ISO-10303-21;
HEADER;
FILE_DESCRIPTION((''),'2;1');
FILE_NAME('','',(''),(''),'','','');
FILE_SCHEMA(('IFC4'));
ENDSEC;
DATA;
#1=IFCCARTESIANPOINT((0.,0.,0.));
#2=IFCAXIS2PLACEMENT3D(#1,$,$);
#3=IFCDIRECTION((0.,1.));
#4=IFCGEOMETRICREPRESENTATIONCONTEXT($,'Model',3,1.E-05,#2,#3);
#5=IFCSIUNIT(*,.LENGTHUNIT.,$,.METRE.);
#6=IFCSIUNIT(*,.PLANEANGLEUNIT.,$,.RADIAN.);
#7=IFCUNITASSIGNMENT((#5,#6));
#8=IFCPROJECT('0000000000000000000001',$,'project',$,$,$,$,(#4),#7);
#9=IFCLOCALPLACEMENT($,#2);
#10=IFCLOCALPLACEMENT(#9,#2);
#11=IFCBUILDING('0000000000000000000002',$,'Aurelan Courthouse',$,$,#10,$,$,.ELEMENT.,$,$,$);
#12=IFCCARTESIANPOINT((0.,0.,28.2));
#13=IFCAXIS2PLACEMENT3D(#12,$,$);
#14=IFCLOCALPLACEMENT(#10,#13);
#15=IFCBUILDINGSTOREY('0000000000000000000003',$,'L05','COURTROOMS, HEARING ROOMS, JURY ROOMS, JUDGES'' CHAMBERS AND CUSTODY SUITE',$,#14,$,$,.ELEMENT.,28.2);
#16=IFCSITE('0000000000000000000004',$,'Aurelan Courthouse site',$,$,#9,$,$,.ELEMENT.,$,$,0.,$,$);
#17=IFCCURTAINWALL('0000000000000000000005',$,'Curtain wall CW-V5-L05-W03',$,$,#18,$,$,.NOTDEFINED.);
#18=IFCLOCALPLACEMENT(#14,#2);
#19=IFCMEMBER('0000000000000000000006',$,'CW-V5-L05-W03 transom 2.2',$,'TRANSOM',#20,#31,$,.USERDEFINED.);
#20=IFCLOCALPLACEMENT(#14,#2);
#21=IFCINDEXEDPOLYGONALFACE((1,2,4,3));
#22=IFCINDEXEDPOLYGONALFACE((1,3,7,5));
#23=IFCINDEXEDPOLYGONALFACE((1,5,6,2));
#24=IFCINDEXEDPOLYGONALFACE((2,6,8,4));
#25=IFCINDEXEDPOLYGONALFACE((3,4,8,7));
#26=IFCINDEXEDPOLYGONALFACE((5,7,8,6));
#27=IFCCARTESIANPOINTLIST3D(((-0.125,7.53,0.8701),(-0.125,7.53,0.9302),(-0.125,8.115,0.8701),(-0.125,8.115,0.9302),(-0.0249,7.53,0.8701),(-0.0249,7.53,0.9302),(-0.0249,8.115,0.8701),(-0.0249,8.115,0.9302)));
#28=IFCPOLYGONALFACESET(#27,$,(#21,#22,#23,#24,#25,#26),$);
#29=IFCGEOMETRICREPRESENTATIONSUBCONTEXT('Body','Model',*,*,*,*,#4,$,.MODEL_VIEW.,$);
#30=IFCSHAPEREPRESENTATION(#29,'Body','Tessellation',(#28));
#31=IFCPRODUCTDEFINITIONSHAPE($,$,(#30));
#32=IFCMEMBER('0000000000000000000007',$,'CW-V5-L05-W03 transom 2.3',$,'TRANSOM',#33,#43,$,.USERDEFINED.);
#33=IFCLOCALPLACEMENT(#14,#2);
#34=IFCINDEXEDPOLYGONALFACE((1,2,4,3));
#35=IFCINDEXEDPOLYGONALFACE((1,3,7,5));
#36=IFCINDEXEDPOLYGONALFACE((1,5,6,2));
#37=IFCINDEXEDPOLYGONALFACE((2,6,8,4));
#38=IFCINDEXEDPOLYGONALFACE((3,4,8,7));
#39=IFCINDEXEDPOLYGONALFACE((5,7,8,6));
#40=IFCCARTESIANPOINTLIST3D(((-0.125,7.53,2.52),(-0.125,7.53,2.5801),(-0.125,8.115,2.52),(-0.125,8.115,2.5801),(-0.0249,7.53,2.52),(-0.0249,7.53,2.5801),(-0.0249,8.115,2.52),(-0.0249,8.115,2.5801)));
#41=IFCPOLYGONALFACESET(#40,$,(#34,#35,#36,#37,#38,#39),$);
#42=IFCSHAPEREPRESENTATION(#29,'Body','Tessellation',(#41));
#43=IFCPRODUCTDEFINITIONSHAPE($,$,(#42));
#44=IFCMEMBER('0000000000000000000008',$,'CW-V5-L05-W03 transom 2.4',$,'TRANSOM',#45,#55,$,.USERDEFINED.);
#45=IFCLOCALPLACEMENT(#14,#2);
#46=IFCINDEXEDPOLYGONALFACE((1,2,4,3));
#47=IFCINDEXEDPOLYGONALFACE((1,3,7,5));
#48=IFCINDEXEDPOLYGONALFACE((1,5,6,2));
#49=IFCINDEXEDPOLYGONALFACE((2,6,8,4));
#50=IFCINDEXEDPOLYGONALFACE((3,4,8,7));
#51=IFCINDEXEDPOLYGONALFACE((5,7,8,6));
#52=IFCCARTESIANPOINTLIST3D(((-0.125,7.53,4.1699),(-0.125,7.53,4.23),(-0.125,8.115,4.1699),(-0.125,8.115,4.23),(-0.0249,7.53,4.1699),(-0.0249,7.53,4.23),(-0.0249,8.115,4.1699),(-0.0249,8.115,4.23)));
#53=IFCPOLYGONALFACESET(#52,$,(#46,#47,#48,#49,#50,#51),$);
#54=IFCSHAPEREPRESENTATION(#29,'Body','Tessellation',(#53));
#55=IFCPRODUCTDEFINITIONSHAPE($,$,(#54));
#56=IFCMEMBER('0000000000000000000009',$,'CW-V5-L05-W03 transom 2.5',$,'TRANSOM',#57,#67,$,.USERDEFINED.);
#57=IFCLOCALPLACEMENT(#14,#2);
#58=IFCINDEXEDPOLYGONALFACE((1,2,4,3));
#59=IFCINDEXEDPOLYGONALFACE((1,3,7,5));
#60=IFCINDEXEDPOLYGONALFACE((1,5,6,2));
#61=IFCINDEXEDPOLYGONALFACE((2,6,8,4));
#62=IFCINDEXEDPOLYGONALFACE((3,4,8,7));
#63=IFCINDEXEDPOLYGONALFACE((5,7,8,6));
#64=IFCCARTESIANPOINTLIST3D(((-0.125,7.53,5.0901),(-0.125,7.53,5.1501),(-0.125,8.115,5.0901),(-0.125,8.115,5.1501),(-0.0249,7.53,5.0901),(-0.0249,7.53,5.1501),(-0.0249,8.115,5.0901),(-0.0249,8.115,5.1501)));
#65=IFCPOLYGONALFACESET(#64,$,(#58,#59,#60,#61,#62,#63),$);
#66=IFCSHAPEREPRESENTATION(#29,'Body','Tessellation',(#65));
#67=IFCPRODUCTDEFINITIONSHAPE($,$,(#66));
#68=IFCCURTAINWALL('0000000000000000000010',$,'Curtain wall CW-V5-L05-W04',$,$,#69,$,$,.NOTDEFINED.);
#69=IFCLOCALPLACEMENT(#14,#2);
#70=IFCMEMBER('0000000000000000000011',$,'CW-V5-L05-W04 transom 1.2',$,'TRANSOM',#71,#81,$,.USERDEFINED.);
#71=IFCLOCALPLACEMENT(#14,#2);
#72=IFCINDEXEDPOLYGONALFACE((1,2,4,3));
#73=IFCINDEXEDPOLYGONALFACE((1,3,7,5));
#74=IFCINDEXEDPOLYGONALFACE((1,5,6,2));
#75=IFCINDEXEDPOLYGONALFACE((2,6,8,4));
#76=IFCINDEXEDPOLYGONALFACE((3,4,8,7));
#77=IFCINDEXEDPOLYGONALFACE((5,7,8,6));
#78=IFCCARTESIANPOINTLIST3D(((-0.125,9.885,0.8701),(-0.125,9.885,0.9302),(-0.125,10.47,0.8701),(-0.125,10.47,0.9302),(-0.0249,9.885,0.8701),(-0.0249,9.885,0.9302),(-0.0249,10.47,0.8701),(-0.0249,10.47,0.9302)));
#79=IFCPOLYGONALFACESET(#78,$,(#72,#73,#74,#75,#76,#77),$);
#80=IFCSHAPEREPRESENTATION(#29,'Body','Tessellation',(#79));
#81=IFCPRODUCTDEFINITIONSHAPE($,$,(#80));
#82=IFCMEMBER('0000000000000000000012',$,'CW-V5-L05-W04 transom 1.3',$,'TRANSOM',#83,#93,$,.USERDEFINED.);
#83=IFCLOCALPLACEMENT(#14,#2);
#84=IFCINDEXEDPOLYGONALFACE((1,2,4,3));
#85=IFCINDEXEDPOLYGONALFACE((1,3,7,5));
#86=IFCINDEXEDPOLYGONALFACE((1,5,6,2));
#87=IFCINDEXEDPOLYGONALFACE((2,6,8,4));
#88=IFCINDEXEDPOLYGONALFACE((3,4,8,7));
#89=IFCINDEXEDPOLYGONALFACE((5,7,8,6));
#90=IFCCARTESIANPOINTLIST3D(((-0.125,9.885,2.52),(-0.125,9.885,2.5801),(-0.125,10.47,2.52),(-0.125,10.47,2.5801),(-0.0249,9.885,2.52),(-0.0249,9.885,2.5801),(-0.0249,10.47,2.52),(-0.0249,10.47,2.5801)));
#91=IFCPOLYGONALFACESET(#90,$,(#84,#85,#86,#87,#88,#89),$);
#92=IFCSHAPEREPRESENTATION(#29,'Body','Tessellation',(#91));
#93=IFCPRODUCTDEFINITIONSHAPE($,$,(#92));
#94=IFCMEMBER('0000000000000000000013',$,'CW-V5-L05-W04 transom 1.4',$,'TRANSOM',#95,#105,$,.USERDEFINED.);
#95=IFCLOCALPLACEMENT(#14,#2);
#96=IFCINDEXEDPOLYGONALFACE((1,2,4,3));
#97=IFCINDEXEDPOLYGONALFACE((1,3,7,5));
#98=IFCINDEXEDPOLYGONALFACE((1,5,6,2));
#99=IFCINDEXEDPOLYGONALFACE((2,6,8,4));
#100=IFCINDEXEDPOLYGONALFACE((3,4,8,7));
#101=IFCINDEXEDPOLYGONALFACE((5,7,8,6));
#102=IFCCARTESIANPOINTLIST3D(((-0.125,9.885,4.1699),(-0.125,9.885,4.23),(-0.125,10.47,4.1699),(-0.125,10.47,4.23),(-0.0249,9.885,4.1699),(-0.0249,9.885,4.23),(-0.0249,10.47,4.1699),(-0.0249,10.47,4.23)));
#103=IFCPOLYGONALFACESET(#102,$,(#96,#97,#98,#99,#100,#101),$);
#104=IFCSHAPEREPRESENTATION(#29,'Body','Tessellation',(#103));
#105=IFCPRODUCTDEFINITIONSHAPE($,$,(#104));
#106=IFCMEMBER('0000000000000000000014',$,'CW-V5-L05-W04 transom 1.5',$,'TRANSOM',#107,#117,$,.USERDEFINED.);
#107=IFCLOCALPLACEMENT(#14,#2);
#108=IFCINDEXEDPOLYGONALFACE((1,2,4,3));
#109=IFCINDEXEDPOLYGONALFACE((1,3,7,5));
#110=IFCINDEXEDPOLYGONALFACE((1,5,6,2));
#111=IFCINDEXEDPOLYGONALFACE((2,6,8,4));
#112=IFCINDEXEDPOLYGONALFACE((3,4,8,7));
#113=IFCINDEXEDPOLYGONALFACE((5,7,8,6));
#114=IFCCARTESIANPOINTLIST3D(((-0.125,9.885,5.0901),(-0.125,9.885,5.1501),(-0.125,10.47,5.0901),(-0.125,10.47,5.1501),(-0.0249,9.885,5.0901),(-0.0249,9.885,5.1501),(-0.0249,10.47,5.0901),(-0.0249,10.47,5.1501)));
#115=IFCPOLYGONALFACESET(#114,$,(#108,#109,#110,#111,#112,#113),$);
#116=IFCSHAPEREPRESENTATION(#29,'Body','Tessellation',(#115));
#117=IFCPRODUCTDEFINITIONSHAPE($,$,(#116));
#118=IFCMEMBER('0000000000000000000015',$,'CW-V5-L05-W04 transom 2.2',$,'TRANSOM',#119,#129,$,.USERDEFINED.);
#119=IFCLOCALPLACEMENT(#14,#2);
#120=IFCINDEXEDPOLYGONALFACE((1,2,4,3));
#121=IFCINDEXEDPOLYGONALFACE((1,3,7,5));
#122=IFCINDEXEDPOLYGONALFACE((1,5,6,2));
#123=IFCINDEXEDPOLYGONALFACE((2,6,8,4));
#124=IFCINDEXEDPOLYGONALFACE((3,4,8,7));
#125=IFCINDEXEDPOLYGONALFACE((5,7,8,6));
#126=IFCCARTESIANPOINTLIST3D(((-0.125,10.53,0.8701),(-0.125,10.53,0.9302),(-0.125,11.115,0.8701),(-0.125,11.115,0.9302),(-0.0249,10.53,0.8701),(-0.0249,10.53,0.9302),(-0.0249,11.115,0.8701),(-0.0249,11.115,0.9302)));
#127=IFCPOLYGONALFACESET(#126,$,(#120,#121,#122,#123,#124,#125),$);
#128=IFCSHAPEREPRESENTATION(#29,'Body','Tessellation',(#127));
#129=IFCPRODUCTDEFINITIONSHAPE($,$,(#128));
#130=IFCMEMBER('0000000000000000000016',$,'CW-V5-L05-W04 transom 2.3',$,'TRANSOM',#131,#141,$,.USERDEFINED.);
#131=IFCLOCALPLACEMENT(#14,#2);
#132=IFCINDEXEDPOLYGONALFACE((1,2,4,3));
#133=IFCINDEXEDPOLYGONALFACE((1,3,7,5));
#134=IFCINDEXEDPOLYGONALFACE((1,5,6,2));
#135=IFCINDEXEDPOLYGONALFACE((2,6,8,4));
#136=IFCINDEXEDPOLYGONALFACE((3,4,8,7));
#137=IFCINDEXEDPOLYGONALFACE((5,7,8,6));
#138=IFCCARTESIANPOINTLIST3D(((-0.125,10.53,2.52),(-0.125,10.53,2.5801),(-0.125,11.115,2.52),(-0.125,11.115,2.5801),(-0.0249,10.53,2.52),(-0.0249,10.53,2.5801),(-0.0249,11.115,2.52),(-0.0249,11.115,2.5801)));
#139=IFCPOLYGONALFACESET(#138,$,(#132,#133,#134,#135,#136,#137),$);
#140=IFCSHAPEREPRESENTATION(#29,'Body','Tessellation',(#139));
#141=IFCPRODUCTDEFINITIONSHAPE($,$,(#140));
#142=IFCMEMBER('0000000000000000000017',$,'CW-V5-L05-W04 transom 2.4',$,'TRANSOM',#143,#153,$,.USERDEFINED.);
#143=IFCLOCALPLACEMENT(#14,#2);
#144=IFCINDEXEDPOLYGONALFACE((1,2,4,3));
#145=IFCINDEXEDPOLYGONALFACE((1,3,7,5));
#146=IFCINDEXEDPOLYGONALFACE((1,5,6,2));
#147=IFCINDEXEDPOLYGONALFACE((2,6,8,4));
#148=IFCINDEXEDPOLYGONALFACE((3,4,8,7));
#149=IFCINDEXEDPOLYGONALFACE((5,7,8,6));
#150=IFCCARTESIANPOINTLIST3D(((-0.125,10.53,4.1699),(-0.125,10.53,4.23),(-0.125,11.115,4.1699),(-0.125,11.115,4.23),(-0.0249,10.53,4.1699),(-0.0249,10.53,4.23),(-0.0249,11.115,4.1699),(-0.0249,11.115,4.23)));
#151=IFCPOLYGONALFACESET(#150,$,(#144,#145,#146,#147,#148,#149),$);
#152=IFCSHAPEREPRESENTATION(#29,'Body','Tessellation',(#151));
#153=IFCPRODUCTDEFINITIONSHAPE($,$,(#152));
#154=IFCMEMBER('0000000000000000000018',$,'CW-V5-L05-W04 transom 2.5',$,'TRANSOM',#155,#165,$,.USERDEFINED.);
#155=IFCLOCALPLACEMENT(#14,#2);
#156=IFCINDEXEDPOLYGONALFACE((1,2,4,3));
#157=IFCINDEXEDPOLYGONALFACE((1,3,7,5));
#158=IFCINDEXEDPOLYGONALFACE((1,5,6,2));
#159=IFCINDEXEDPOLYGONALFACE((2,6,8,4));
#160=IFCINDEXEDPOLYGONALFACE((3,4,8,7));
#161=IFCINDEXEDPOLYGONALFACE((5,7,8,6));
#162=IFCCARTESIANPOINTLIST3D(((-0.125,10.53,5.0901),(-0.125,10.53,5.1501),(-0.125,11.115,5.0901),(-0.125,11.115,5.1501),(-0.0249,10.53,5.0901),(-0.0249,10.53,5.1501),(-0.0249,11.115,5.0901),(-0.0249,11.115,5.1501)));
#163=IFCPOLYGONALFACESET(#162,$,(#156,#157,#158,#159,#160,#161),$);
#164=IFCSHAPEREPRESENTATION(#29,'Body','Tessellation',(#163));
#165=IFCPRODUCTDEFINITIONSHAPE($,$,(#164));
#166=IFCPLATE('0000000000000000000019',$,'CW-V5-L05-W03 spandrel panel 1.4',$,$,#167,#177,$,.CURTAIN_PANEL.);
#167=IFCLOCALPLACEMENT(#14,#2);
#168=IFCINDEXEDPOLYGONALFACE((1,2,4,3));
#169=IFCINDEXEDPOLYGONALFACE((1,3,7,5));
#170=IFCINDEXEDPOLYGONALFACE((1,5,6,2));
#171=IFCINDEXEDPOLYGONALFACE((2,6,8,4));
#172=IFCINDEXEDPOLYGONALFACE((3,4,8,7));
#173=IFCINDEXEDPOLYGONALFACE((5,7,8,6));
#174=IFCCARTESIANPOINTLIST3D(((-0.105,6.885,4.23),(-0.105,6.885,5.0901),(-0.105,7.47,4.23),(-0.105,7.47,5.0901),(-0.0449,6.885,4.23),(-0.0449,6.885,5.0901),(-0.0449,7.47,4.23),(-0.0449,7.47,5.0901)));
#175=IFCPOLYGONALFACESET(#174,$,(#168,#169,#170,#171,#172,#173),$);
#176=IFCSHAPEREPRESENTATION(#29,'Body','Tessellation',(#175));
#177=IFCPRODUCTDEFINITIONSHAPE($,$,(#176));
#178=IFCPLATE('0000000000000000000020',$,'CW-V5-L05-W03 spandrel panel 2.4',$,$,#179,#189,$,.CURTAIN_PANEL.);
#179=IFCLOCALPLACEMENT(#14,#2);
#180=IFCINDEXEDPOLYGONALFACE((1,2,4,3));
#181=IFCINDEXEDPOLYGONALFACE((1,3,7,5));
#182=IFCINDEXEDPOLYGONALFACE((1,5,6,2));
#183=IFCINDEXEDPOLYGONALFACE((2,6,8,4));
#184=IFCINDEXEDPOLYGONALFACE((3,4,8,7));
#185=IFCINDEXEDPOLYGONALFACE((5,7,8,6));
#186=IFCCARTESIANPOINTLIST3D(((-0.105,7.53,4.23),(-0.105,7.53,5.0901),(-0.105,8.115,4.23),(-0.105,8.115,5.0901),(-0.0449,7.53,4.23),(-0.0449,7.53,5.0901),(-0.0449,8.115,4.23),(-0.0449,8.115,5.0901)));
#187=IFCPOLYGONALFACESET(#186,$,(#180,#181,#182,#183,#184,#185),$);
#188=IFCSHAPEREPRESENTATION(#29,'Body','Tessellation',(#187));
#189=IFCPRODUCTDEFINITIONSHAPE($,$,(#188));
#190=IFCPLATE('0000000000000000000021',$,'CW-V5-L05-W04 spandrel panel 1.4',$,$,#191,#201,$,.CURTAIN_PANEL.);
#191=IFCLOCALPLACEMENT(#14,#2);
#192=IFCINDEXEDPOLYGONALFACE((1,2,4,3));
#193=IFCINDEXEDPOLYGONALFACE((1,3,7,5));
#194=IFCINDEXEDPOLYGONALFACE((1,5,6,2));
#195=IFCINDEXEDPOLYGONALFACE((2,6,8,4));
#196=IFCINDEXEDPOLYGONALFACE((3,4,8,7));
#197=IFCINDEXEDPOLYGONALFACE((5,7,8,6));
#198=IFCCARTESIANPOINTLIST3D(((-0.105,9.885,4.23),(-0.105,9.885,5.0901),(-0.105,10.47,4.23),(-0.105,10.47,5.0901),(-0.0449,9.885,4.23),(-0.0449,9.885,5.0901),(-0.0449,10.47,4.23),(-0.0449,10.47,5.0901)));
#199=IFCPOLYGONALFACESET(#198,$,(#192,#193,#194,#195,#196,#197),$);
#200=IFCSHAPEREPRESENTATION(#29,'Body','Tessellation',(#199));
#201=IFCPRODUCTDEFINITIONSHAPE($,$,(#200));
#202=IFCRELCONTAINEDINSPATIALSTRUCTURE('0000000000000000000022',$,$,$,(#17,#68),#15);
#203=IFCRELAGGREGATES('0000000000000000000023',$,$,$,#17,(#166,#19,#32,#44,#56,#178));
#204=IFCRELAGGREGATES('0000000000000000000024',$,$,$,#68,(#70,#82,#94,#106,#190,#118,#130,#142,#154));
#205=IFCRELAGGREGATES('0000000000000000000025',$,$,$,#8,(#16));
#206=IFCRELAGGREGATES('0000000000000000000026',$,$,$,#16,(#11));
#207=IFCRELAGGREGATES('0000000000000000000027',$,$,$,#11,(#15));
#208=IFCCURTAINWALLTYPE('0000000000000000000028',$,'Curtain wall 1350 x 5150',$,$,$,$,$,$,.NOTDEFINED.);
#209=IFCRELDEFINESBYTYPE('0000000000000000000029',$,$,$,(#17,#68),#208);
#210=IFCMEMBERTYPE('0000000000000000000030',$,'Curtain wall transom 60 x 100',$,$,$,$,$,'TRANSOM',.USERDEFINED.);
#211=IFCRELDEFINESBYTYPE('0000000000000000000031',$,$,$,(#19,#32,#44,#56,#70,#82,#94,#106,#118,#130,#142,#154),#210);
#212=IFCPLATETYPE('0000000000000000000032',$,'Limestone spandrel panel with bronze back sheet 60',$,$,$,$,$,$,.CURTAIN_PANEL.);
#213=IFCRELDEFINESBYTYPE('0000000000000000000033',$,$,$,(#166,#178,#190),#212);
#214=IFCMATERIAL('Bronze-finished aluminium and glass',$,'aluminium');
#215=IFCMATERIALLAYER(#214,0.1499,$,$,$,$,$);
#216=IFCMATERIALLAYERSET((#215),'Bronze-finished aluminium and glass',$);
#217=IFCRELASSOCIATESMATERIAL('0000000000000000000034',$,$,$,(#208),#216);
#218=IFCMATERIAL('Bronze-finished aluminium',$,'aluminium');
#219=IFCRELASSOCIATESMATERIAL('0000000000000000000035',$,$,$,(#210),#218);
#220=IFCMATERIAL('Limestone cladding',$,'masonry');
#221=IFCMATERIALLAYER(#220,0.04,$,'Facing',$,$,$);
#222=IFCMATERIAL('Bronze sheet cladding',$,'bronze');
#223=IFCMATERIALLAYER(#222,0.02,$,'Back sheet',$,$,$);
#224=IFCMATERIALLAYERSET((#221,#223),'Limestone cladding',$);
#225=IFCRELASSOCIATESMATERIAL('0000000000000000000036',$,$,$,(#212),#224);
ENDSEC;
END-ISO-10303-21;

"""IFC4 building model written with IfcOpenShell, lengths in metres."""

from ifc_helpers import new_model, si_unit, direction, frame, origin, origin_2d, place, context, subcontext, project, spatial, rectangle, extrude, material, layer, layer_set, material_profile, profile_set, type_object, element, aggregate, save


model = new_model("IFC4")

# Units and contexts
model_context = context("Model", 3, precision=1e-05, world=origin(), true_north=direction((0.0, 1.0)))
body_context = subcontext(model_context, "Body", "Model", "MODEL_VIEW")
ifc_project = project(units=[si_unit("LENGTHUNIT", "METRE"), si_unit("PLANEANGLEUNIT", "RADIAN")], contexts=[model_context])

# Site, building, storey
site_placement = place(None, origin())
site = spatial("IfcSite", under=ifc_project, at=site_placement, Name="Aurelan Courthouse site", CompositionType="ELEMENT", RefElevation=0.0)
building_placement = place(site_placement, origin())
building = spatial("IfcBuilding", under=site, at=building_placement, Name="Aurelan Courthouse", CompositionType="ELEMENT")
storey_placement = place(building_placement, frame((0.0, 0.0, 28.2)))
storey = spatial("IfcBuildingStorey", under=building, at=storey_placement, Name="L05", Description="COURTROOMS, HEARING ROOMS, JURY ROOMS, JUDGES' CHAMBERS AND CUSTODY SUITE", CompositionType="ELEMENT", Elevation=28.2)

# Curtain walls, members
ifc_material_1 = material(Name="Bronze-finished aluminium and glass", Category="aluminium")
ifc_layer_1 = layer(ifc_material_1, 0.1499)
ifc_layer_set_1 = layer_set([ifc_layer_1], Name="Bronze-finished aluminium and glass")
curtain_wall_type = type_object("IfcCurtainWallType", Name="Curtain wall 1350 x 5150", PredefinedType="NOTDEFINED", material=ifc_layer_set_1)
curtain_wall_1_placement = place(storey_placement, origin())
curtain_wall_1 = element("IfcCurtainWall", 1, at=curtain_wall_1_placement, inside=storey, type_object=curtain_wall_type, Name="Curtain wall CW-V5-L05-W03", PredefinedType="NOTDEFINED")
ifc_material_2 = material(Name="Bronze-finished aluminium", Category="aluminium")
ifc_material_profile = material_profile(ifc_material_2, rectangle(XDim=0.1001, YDim=0.0601, at=origin_2d()), Name="Bronze transom 60 x 100")
ifc_profile_set = profile_set([ifc_material_profile], Name="Bronze-finished aluminium")
member_type = type_object("IfcMemberType", Name="Curtain wall transom 60 x 100", ElementType="TRANSOM", PredefinedType="USERDEFINED", material=ifc_profile_set)
member_1_placement = place(storey_placement, frame((-0.075, 7.53, 0.9001), z_axis=(0.0, 1.0, 0.0), x_axis=(-1.0, 0.0, 0.0)))
member_1 = element("IfcMember", 2, at=member_1_placement, type_object=member_type, Name="CW-V5-L05-W03 transom 2.2", ObjectType="TRANSOM", PredefinedType="USERDEFINED", context=body_context, shape_type="SweptSolid", body=[
    extrude(rectangle(XDim=0.1001, YDim=0.0601, at=origin_2d()), origin(), (0.0, 0.0, 1.0), 0.585),
])
member_2_placement = place(storey_placement, frame((-0.075, 7.53, 2.55), z_axis=(0.0, 1.0, 0.0), x_axis=(-1.0, 0.0, 0.0)))
member_2 = element("IfcMember", 3, at=member_2_placement, type_object=member_type, Name="CW-V5-L05-W03 transom 2.3", ObjectType="TRANSOM", PredefinedType="USERDEFINED", context=body_context, shape_type="SweptSolid", body=[
    extrude(rectangle(XDim=0.1001, YDim=0.0601, at=origin_2d()), origin(), (0.0, 0.0, 1.0), 0.585),
])
member_3_placement = place(storey_placement, frame((-0.075, 7.53, 4.2), z_axis=(0.0, 1.0, 0.0), x_axis=(-1.0, 0.0, 0.0)))
member_3 = element("IfcMember", 4, at=member_3_placement, type_object=member_type, Name="CW-V5-L05-W03 transom 2.4", ObjectType="TRANSOM", PredefinedType="USERDEFINED", context=body_context, shape_type="SweptSolid", body=[
    extrude(rectangle(XDim=0.1001, YDim=0.0601, at=origin_2d()), origin(), (0.0, 0.0, 1.0), 0.585),
])
member_4_placement = place(storey_placement, frame((-0.075, 7.53, 5.1201), z_axis=(0.0, 1.0, 0.0), x_axis=(-1.0, 0.0, 0.0)))
member_4 = element("IfcMember", 5, at=member_4_placement, type_object=member_type, Name="CW-V5-L05-W03 transom 2.5", ObjectType="TRANSOM", PredefinedType="USERDEFINED", context=body_context, shape_type="SweptSolid", body=[
    extrude(rectangle(XDim=0.1001, YDim=0.0601, at=origin_2d()), origin(), (0.0, 0.0, 1.0), 0.585),
])
curtain_wall_2_placement = place(storey_placement, origin())
curtain_wall_2 = element("IfcCurtainWall", 6, at=curtain_wall_2_placement, inside=storey, type_object=curtain_wall_type, Name="Curtain wall CW-V5-L05-W04", PredefinedType="NOTDEFINED")
member_5_placement = place(storey_placement, frame((-0.075, 9.885, 0.9001), z_axis=(0.0, 1.0, 0.0), x_axis=(-1.0, 0.0, 0.0)))
member_5 = element("IfcMember", 7, at=member_5_placement, type_object=member_type, Name="CW-V5-L05-W04 transom 1.2", ObjectType="TRANSOM", PredefinedType="USERDEFINED", context=body_context, shape_type="SweptSolid", body=[
    extrude(rectangle(XDim=0.1001, YDim=0.0601, at=origin_2d()), origin(), (0.0, 0.0, 1.0), 0.585),
])
member_6_placement = place(storey_placement, frame((-0.075, 9.885, 2.55), z_axis=(0.0, 1.0, 0.0), x_axis=(-1.0, 0.0, 0.0)))
member_6 = element("IfcMember", 8, at=member_6_placement, type_object=member_type, Name="CW-V5-L05-W04 transom 1.3", ObjectType="TRANSOM", PredefinedType="USERDEFINED", context=body_context, shape_type="SweptSolid", body=[
    extrude(rectangle(XDim=0.1001, YDim=0.0601, at=origin_2d()), origin(), (0.0, 0.0, 1.0), 0.585),
])
member_7_placement = place(storey_placement, frame((-0.075, 9.885, 4.2), z_axis=(0.0, 1.0, 0.0), x_axis=(-1.0, 0.0, 0.0)))
member_7 = element("IfcMember", 9, at=member_7_placement, type_object=member_type, Name="CW-V5-L05-W04 transom 1.4", ObjectType="TRANSOM", PredefinedType="USERDEFINED", context=body_context, shape_type="SweptSolid", body=[
    extrude(rectangle(XDim=0.1001, YDim=0.0601, at=origin_2d()), origin(), (0.0, 0.0, 1.0), 0.585),
])
member_8_placement = place(storey_placement, frame((-0.075, 9.885, 5.1201), z_axis=(0.0, 1.0, 0.0), x_axis=(-1.0, 0.0, 0.0)))
member_8 = element("IfcMember", 10, at=member_8_placement, type_object=member_type, Name="CW-V5-L05-W04 transom 1.5", ObjectType="TRANSOM", PredefinedType="USERDEFINED", context=body_context, shape_type="SweptSolid", body=[
    extrude(rectangle(XDim=0.1001, YDim=0.0601, at=origin_2d()), origin(), (0.0, 0.0, 1.0), 0.585),
])
member_9_placement = place(storey_placement, frame((-0.075, 10.53, 0.9001), z_axis=(0.0, 1.0, 0.0), x_axis=(-1.0, 0.0, 0.0)))
member_9 = element("IfcMember", 11, at=member_9_placement, type_object=member_type, Name="CW-V5-L05-W04 transom 2.2", ObjectType="TRANSOM", PredefinedType="USERDEFINED", context=body_context, shape_type="SweptSolid", body=[
    extrude(rectangle(XDim=0.1001, YDim=0.0601, at=origin_2d()), origin(), (0.0, 0.0, 1.0), 0.585),
])
member_10_placement = place(storey_placement, frame((-0.075, 10.53, 2.55), z_axis=(0.0, 1.0, 0.0), x_axis=(-1.0, 0.0, 0.0)))
member_10 = element("IfcMember", 12, at=member_10_placement, type_object=member_type, Name="CW-V5-L05-W04 transom 2.3", ObjectType="TRANSOM", PredefinedType="USERDEFINED", context=body_context, shape_type="SweptSolid", body=[
    extrude(rectangle(XDim=0.1001, YDim=0.0601, at=origin_2d()), origin(), (0.0, 0.0, 1.0), 0.585),
])
member_11_placement = place(storey_placement, frame((-0.075, 10.53, 4.2), z_axis=(0.0, 1.0, 0.0), x_axis=(-1.0, 0.0, 0.0)))
member_11 = element("IfcMember", 13, at=member_11_placement, type_object=member_type, Name="CW-V5-L05-W04 transom 2.4", ObjectType="TRANSOM", PredefinedType="USERDEFINED", context=body_context, shape_type="SweptSolid", body=[
    extrude(rectangle(XDim=0.1001, YDim=0.0601, at=origin_2d()), origin(), (0.0, 0.0, 1.0), 0.585),
])
member_12_placement = place(storey_placement, frame((-0.075, 10.53, 5.1201), z_axis=(0.0, 1.0, 0.0), x_axis=(-1.0, 0.0, 0.0)))
member_12 = element("IfcMember", 14, at=member_12_placement, type_object=member_type, Name="CW-V5-L05-W04 transom 2.5", ObjectType="TRANSOM", PredefinedType="USERDEFINED", context=body_context, shape_type="SweptSolid", body=[
    extrude(rectangle(XDim=0.1001, YDim=0.0601, at=origin_2d()), origin(), (0.0, 0.0, 1.0), 0.585),
])

# Plates
ifc_material_3 = material(Name="Limestone cladding", Category="masonry")
ifc_layer_2 = layer(ifc_material_3, 0.04, Name="Facing")
ifc_material_4 = material(Name="Bronze sheet cladding", Category="bronze")
ifc_layer_3 = layer(ifc_material_4, 0.02, Name="Back sheet")
ifc_layer_set_2 = layer_set([ifc_layer_2, ifc_layer_3], Name="Limestone cladding")
plate_type_1 = type_object("IfcPlateType", Name="Limestone spandrel panel with bronze back sheet 60", PredefinedType="CURTAIN_PANEL", material=ifc_layer_set_2)
plate_1_placement = place(storey_placement, frame((-0.075, 7.1775, 4.23), z_axis=(0.0, 0.0, 1.0), x_axis=(0.0, 1.0, 0.0)))
plate_1 = element("IfcPlate", 15, at=plate_1_placement, type_object=plate_type_1, Name="CW-V5-L05-W03 spandrel panel 1.4", PredefinedType="CURTAIN_PANEL", context=body_context, shape_type="SweptSolid", body=[
    extrude(rectangle(XDim=0.585, YDim=0.0601, at=origin_2d()), origin(), (0.0, 0.0, 1.0), 0.8601),
])
plate_2_placement = place(storey_placement, frame((-0.075, 7.8225, 4.23), z_axis=(0.0, 0.0, 1.0), x_axis=(0.0, 1.0, 0.0)))
plate_2 = element("IfcPlate", 16, at=plate_2_placement, type_object=plate_type_1, Name="CW-V5-L05-W03 spandrel panel 2.4", PredefinedType="CURTAIN_PANEL", context=body_context, shape_type="SweptSolid", body=[
    extrude(rectangle(XDim=0.585, YDim=0.0601, at=origin_2d()), origin(), (0.0, 0.0, 1.0), 0.8601),
])
plate_3_placement = place(storey_placement, frame((-0.075, 10.1775, 4.23), z_axis=(0.0, 0.0, 1.0), x_axis=(0.0, 1.0, 0.0)))
plate_3 = element("IfcPlate", 17, at=plate_3_placement, type_object=plate_type_1, Name="CW-V5-L05-W04 spandrel panel 1.4", PredefinedType="CURTAIN_PANEL", context=body_context, shape_type="SweptSolid", body=[
    extrude(rectangle(XDim=0.585, YDim=0.0601, at=origin_2d()), origin(), (0.0, 0.0, 1.0), 0.8601),
])
aggregate(curtain_wall_1, [plate_1, member_1, member_2, member_3, member_4, plate_2])
aggregate(curtain_wall_2, [member_5, member_6, member_7, member_8, plate_3, member_9, member_10, member_11, member_12])

save(model, "model.ifc")
